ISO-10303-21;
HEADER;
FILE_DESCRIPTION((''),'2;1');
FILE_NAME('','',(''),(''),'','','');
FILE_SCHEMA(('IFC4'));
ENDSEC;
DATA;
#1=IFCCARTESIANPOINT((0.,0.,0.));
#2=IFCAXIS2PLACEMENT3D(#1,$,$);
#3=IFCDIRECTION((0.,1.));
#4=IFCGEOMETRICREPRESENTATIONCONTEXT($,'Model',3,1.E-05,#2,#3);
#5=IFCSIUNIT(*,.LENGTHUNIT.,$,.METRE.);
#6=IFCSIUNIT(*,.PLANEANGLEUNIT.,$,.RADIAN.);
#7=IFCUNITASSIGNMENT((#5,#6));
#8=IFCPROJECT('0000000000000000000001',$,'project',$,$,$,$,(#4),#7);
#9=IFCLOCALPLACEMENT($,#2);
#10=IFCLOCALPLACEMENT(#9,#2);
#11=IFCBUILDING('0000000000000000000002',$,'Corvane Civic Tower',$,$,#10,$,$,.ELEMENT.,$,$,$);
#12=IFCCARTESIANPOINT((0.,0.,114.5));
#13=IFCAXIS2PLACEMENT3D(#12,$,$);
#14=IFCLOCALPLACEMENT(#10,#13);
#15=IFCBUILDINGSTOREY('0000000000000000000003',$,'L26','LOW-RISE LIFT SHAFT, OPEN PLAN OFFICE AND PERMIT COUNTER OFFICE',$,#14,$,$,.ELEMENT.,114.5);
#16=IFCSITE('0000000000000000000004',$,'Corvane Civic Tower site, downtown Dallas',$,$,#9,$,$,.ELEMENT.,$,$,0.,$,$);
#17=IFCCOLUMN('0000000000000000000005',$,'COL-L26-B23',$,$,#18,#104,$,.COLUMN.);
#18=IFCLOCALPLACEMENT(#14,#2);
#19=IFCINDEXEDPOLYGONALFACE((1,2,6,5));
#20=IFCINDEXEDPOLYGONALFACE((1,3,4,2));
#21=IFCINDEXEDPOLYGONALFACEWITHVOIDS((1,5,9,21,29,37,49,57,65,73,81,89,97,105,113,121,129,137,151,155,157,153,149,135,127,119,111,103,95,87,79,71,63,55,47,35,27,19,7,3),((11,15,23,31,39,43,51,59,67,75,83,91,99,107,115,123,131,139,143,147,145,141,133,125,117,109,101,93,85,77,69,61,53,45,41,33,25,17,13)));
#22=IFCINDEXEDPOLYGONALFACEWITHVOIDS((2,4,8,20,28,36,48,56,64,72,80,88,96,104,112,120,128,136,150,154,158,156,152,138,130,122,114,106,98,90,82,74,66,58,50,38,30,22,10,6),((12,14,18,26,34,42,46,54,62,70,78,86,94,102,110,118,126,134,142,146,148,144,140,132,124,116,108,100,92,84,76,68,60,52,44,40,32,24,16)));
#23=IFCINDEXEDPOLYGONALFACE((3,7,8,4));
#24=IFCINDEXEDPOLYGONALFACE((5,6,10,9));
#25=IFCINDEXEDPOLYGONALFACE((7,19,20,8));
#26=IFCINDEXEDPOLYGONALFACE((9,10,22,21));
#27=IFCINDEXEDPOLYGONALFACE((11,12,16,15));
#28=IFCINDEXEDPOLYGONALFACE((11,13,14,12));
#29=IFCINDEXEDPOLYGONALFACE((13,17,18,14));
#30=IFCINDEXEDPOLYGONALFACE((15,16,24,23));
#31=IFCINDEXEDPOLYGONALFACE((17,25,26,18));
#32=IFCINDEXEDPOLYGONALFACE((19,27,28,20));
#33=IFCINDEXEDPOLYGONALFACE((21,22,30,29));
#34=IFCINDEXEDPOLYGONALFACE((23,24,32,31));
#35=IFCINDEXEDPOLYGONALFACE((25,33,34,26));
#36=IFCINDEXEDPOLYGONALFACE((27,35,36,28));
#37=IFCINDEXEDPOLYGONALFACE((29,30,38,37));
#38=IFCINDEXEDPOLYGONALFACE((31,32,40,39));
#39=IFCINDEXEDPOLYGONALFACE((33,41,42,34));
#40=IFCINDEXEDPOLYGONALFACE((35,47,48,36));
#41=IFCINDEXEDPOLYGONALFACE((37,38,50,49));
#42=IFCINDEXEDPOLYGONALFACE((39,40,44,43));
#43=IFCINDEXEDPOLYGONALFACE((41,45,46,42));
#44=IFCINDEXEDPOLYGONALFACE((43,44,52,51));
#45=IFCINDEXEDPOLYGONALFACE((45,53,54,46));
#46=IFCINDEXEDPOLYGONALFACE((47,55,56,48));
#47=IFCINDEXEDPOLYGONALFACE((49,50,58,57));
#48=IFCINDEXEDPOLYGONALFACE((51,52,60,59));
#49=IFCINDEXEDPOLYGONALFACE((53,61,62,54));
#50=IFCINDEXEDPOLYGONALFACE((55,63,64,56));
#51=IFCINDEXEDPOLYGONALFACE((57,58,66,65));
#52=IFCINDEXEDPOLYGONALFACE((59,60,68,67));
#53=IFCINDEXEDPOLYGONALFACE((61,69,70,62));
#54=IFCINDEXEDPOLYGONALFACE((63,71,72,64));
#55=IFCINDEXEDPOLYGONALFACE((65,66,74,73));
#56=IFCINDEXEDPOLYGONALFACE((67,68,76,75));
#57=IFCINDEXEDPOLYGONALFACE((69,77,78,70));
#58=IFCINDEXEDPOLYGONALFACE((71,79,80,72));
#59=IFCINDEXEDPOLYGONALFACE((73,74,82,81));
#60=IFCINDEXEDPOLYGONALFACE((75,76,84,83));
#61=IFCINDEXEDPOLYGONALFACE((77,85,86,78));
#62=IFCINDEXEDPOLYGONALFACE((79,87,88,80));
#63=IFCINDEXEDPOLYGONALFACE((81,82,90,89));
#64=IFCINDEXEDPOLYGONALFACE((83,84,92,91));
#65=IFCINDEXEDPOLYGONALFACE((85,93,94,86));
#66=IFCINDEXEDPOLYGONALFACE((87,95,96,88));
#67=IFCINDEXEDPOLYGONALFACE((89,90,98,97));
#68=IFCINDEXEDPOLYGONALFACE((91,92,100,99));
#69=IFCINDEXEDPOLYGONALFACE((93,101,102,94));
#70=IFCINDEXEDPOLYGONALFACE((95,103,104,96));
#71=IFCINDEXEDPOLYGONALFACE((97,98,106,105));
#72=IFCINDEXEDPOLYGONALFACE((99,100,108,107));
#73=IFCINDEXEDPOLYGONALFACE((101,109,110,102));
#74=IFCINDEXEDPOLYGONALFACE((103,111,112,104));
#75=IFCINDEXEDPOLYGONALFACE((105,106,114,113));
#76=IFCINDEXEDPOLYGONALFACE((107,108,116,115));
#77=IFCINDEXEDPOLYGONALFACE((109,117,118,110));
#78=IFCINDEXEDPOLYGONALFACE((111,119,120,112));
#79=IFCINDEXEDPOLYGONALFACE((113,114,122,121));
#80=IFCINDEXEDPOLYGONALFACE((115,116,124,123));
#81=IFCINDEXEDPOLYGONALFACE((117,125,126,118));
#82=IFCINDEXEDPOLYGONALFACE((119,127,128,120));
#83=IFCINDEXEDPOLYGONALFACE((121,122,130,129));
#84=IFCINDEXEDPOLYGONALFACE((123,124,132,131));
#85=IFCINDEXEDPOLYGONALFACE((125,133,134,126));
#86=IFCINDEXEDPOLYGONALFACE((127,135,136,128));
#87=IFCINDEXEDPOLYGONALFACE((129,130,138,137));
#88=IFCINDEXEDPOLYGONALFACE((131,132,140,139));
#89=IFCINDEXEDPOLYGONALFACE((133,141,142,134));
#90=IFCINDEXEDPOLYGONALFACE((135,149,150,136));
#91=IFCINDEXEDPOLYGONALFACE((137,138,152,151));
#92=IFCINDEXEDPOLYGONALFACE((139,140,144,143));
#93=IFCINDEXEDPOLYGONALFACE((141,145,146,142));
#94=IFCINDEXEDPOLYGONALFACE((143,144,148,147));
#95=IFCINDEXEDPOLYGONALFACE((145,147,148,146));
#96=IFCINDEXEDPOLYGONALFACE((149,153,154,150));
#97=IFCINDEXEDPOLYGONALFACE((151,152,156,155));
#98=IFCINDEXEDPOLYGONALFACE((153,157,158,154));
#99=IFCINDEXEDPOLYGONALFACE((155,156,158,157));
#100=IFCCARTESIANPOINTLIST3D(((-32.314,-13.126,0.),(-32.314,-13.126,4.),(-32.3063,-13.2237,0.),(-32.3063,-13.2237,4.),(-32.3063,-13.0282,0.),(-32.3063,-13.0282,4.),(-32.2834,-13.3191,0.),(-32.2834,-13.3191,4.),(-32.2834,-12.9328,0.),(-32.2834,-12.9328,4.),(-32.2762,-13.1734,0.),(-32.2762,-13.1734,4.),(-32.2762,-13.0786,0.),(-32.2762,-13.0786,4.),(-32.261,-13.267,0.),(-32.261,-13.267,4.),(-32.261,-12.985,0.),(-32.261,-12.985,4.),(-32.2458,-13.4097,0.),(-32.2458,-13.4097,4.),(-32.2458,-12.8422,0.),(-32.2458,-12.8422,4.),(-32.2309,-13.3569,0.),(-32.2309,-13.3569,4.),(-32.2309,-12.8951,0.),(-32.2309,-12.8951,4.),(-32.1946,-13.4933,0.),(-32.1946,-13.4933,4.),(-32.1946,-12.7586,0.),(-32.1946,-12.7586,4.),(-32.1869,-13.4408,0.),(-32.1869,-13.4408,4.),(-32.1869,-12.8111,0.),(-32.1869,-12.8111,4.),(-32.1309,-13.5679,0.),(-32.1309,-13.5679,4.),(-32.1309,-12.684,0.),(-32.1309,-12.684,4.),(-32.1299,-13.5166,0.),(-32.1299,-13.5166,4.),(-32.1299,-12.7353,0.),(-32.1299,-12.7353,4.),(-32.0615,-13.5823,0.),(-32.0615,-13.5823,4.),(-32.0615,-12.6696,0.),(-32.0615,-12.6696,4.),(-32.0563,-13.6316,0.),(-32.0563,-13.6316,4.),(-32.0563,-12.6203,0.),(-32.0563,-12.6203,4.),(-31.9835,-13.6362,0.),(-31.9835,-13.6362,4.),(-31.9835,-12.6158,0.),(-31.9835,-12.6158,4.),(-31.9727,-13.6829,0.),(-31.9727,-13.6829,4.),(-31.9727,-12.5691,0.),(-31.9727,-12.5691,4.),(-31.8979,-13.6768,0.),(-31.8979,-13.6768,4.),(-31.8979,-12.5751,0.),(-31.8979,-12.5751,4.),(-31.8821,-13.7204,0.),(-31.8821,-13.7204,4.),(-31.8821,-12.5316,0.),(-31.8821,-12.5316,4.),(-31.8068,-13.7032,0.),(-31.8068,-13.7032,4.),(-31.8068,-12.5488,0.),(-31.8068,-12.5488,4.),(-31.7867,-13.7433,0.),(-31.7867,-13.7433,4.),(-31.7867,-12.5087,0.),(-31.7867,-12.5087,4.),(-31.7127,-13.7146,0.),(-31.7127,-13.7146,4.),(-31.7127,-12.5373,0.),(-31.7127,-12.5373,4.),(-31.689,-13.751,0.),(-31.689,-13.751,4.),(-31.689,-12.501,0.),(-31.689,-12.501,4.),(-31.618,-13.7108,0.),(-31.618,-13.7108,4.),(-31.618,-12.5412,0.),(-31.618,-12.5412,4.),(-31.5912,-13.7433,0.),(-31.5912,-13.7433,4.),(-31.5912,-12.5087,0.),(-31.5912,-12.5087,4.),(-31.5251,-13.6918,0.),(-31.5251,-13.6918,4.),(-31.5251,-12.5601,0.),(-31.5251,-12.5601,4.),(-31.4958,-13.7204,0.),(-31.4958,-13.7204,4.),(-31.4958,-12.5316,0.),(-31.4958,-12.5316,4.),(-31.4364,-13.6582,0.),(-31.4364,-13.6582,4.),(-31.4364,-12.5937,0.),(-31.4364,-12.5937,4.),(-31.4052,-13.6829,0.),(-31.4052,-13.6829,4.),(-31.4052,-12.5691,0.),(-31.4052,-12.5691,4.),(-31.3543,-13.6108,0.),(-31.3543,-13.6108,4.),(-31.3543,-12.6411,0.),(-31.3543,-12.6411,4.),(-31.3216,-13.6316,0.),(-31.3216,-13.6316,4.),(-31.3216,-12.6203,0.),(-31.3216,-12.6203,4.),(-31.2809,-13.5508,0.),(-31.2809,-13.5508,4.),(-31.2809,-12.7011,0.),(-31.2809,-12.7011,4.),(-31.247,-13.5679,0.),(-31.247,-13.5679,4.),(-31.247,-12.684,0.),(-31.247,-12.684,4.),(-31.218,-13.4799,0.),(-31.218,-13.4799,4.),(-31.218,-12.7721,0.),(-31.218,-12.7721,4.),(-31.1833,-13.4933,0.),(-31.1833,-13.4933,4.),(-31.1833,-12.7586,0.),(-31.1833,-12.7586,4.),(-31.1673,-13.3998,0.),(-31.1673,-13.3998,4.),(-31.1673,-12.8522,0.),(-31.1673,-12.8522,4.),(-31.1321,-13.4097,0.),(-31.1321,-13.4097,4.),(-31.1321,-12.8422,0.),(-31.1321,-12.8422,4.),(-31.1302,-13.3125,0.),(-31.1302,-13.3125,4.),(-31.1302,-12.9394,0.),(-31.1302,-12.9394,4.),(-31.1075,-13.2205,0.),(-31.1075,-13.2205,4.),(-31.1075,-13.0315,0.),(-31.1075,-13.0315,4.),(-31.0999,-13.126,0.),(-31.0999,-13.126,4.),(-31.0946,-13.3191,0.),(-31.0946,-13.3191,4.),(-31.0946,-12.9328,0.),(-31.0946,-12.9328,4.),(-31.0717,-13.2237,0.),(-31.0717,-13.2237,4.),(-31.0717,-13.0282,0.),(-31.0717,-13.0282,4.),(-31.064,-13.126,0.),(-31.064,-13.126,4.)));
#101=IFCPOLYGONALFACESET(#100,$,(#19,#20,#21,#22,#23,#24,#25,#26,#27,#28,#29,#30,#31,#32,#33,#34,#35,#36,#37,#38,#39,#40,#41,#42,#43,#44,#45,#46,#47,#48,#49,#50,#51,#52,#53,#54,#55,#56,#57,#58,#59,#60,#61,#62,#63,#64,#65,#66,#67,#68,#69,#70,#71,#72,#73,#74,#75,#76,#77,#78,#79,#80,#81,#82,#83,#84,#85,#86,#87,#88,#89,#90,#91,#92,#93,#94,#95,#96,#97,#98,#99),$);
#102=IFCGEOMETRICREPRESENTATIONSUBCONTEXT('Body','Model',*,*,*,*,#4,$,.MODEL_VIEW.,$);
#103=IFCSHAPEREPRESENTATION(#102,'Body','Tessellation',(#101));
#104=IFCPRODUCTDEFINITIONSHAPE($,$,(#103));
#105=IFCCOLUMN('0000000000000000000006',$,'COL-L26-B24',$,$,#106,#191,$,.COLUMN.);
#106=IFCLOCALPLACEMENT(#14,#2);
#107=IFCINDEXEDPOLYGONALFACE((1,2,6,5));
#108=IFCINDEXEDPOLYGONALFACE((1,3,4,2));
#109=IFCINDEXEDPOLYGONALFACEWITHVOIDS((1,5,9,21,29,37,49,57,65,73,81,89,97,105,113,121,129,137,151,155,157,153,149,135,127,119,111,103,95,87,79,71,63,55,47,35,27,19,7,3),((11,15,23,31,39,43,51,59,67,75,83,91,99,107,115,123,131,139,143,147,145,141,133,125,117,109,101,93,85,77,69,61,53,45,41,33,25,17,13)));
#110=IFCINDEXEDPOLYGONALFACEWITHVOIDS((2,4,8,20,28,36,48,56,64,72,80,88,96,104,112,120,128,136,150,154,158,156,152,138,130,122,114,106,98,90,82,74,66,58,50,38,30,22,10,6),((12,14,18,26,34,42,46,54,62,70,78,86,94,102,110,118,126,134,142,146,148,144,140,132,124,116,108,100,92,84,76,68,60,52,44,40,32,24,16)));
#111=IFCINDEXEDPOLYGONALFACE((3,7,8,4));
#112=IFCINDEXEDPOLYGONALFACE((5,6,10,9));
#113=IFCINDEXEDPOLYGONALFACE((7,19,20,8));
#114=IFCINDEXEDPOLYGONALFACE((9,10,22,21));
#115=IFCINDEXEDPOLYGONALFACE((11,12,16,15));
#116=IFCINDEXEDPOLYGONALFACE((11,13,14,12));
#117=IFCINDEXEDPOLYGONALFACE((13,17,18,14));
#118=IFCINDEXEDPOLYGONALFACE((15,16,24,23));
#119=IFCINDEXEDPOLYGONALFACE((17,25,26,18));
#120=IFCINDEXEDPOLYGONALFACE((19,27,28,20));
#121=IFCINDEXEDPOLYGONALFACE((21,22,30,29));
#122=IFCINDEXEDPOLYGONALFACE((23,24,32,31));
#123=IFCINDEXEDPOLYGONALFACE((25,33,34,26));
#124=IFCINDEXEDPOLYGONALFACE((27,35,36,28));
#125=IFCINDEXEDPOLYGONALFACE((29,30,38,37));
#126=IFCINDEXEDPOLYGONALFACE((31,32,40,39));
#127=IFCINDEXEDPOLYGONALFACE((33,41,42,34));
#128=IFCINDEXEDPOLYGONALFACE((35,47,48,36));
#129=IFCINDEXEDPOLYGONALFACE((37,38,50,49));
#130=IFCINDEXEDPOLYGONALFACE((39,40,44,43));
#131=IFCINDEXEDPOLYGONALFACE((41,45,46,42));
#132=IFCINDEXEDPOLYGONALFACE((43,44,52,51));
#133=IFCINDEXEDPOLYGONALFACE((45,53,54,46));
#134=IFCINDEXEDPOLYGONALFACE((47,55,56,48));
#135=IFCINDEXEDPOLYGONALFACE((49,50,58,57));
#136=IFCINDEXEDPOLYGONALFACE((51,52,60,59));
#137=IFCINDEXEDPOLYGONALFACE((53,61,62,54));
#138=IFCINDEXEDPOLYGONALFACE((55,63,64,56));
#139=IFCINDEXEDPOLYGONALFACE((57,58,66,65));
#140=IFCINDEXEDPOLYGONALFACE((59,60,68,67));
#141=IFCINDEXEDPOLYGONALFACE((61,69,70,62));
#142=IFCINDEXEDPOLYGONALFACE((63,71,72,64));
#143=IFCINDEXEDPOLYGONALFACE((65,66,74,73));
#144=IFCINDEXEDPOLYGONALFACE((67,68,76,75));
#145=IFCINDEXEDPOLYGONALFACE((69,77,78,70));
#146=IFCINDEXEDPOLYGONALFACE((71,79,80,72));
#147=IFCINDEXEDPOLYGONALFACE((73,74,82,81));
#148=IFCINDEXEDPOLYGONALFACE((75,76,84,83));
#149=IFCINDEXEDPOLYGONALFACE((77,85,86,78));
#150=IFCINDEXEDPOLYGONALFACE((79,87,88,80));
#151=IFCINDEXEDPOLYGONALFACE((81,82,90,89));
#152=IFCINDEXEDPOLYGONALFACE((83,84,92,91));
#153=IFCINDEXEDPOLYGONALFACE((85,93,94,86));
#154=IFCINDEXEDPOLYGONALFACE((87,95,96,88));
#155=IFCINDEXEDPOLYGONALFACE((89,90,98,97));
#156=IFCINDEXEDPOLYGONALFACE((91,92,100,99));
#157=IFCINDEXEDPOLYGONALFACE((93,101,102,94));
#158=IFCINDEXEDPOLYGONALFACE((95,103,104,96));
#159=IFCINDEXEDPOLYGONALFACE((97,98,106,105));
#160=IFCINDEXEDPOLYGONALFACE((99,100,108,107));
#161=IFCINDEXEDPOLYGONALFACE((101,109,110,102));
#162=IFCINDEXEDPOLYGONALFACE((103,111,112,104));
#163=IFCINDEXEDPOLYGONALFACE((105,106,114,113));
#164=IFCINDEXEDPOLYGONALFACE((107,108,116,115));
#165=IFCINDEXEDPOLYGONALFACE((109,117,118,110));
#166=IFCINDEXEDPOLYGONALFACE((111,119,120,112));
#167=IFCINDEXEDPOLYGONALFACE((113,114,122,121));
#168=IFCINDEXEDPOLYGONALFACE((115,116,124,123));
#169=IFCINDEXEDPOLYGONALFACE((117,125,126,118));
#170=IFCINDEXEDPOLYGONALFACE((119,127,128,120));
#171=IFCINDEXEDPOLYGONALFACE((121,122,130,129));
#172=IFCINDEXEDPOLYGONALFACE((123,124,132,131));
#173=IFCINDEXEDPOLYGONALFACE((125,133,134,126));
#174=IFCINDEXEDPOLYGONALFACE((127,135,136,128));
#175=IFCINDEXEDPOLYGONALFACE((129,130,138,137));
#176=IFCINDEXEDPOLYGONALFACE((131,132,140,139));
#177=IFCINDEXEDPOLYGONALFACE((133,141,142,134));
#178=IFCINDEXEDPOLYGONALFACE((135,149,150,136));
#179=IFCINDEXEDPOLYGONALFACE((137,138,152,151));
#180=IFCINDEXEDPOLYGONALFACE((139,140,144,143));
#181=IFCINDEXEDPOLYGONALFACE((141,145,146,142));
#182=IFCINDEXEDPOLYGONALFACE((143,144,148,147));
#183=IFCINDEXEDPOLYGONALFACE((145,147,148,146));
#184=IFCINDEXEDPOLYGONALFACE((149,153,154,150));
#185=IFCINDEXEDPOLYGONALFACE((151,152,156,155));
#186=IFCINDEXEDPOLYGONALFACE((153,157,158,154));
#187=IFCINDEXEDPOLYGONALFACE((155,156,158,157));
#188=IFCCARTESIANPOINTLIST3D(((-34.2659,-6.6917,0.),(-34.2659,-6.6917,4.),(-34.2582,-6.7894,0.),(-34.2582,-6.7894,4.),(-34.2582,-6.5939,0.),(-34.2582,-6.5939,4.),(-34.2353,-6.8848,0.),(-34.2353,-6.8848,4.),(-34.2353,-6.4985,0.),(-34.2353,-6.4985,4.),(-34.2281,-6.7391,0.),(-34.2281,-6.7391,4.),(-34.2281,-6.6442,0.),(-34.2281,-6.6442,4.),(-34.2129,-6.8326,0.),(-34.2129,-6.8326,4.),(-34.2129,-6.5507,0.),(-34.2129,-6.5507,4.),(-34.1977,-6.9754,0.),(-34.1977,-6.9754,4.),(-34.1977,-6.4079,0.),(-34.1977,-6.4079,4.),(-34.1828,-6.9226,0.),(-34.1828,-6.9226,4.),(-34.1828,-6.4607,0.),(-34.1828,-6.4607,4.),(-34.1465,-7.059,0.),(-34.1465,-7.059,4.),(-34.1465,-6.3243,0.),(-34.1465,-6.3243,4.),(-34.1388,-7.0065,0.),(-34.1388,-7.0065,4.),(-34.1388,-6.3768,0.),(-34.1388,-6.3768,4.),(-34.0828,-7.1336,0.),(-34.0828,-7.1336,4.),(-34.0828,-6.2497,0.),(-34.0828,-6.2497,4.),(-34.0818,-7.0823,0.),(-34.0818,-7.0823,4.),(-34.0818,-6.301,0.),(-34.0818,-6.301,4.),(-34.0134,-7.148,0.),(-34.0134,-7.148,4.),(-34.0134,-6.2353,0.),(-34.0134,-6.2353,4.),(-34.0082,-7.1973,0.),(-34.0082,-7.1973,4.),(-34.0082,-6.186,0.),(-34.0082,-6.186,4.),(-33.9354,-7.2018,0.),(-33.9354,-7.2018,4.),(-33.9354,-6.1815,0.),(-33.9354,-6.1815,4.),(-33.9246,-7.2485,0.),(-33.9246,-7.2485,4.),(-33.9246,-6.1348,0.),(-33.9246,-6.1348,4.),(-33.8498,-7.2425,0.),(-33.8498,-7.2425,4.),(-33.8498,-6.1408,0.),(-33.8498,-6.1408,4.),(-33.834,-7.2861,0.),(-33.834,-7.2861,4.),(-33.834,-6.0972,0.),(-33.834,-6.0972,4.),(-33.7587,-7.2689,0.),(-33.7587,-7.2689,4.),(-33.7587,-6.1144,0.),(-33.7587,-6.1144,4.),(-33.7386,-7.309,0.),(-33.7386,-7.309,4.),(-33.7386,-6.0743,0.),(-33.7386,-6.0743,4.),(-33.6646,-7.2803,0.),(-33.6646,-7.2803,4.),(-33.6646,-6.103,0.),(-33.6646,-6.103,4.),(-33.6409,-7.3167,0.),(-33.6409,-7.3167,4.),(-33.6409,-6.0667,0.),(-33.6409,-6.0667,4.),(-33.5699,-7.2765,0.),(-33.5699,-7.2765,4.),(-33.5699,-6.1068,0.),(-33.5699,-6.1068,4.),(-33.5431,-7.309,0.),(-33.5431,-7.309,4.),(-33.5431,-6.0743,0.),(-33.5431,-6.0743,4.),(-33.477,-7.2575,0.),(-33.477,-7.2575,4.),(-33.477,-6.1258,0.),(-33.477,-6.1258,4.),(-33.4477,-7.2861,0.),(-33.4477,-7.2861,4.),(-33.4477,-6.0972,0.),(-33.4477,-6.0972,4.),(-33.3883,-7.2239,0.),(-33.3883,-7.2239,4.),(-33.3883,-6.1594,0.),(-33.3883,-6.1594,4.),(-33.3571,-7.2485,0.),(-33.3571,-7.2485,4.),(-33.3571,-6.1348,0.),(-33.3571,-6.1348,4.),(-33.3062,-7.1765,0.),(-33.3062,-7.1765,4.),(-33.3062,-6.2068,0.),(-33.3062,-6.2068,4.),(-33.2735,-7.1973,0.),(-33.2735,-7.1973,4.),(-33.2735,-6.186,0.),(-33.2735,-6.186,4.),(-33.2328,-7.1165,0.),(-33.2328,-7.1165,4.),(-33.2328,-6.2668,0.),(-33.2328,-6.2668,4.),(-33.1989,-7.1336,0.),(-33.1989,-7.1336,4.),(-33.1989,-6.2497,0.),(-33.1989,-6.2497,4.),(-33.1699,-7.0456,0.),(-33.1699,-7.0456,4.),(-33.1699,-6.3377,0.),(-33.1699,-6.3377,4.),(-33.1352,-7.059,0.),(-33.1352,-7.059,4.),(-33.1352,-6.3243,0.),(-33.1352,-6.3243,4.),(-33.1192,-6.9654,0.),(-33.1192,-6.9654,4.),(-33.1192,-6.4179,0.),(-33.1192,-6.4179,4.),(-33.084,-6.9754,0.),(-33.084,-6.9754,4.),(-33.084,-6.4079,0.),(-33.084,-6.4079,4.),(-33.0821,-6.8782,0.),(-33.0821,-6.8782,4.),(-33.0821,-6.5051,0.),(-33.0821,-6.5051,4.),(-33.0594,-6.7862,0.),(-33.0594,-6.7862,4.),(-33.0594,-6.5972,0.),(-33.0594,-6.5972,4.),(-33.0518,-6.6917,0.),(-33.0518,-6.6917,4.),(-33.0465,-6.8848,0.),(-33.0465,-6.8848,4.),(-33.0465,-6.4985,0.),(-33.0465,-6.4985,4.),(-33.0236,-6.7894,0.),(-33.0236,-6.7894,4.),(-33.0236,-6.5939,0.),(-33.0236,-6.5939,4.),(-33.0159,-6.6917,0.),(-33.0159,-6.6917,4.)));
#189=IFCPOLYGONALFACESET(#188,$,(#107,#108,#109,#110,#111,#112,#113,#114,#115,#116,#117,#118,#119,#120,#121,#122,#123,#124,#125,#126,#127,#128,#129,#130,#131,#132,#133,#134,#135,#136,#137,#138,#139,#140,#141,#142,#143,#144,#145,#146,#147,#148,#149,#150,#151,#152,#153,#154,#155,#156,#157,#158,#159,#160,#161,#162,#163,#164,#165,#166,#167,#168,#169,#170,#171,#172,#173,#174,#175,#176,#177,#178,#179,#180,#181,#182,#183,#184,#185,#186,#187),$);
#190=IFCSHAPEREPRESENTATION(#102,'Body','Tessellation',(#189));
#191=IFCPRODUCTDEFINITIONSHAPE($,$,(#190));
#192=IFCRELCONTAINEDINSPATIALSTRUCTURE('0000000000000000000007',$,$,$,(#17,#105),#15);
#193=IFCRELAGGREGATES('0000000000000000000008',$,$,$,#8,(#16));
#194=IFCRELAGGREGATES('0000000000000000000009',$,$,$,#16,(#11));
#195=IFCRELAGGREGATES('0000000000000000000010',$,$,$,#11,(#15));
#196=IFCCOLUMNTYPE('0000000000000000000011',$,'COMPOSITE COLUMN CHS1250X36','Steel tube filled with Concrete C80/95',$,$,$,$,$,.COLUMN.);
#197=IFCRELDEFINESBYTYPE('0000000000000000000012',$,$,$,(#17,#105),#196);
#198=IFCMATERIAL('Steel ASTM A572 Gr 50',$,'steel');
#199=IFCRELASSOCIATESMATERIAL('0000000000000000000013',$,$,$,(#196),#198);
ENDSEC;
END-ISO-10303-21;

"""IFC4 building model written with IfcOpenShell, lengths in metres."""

from ifc_helpers import new_model, si_unit, direction, frame, origin, origin_2d, place, context, subcontext, project, spatial, hollow_circle, extrude, material, material_profile, profile_set, type_object, element, save


model = new_model("IFC4")

# Units and contexts
model_context = context("Model", 3, precision=1e-05, world=origin(), true_north=direction((0.0, 1.0)))
body_context = subcontext(model_context, "Body", "Model", "MODEL_VIEW")
ifc_project = project(units=[si_unit("LENGTHUNIT", "METRE"), si_unit("PLANEANGLEUNIT", "RADIAN")], contexts=[model_context])

# Site, building, storey
site_placement = place(None, origin())
site = spatial("IfcSite", under=ifc_project, at=site_placement, Name="Corvane Civic Tower site, downtown Dallas", CompositionType="ELEMENT", RefElevation=0.0)
building_placement = place(site_placement, origin())
building = spatial("IfcBuilding", under=site, at=building_placement, Name="Corvane Civic Tower", CompositionType="ELEMENT")
storey_placement = place(building_placement, frame((0.0, 0.0, 114.5)))
storey = spatial("IfcBuildingStorey", under=building, at=storey_placement, Name="L26", Description="LOW-RISE LIFT SHAFT, OPEN PLAN OFFICE AND PERMIT COUNTER OFFICE", CompositionType="ELEMENT", Elevation=114.5)

# Columns
ifc_material_1 = material(Name="Steel ASTM A572 Gr 50", Category="steel")
ifc_material_profile_1 = material_profile(ifc_material_1, hollow_circle(Radius=0.625, WallThickness=0.0359, at=origin_2d()), Name="CHS1250X36")
ifc_profile_set_1 = profile_set([ifc_material_profile_1], Name="Steel ASTM A572 Gr 50")
column_type = type_object("IfcColumnType", Name="COMPOSITE COLUMN CHS1250X36", Description="Steel tube filled with Concrete C80/95", PredefinedType="COLUMN", material=ifc_profile_set_1)
for number, where, z_axis, x_axis, name in (
    (1, (-31.689, -13.126, 0.0), (0.0, 0.0, 1.0), (1.0, 0.0, 0.0), "COL-L26-B23"),
    (2, (-33.6409, -6.6917, 0.0), (0.0, 0.0, 1.0), (1.0, 0.0, 0.0), "COL-L26-B24"),
):
    element("IfcColumn", number, at=place(storey_placement, frame(where, z_axis=z_axis, x_axis=x_axis)), inside=storey, type_object=column_type, Name=name, PredefinedType="COLUMN", context=body_context, shape_type="SweptSolid", body=[
        extrude(hollow_circle(Radius=0.625, WallThickness=0.0359, at=origin_2d()), origin(), (0.0, 0.0, 1.0), 4.0),
    ])

save(model, "model.ifc")
